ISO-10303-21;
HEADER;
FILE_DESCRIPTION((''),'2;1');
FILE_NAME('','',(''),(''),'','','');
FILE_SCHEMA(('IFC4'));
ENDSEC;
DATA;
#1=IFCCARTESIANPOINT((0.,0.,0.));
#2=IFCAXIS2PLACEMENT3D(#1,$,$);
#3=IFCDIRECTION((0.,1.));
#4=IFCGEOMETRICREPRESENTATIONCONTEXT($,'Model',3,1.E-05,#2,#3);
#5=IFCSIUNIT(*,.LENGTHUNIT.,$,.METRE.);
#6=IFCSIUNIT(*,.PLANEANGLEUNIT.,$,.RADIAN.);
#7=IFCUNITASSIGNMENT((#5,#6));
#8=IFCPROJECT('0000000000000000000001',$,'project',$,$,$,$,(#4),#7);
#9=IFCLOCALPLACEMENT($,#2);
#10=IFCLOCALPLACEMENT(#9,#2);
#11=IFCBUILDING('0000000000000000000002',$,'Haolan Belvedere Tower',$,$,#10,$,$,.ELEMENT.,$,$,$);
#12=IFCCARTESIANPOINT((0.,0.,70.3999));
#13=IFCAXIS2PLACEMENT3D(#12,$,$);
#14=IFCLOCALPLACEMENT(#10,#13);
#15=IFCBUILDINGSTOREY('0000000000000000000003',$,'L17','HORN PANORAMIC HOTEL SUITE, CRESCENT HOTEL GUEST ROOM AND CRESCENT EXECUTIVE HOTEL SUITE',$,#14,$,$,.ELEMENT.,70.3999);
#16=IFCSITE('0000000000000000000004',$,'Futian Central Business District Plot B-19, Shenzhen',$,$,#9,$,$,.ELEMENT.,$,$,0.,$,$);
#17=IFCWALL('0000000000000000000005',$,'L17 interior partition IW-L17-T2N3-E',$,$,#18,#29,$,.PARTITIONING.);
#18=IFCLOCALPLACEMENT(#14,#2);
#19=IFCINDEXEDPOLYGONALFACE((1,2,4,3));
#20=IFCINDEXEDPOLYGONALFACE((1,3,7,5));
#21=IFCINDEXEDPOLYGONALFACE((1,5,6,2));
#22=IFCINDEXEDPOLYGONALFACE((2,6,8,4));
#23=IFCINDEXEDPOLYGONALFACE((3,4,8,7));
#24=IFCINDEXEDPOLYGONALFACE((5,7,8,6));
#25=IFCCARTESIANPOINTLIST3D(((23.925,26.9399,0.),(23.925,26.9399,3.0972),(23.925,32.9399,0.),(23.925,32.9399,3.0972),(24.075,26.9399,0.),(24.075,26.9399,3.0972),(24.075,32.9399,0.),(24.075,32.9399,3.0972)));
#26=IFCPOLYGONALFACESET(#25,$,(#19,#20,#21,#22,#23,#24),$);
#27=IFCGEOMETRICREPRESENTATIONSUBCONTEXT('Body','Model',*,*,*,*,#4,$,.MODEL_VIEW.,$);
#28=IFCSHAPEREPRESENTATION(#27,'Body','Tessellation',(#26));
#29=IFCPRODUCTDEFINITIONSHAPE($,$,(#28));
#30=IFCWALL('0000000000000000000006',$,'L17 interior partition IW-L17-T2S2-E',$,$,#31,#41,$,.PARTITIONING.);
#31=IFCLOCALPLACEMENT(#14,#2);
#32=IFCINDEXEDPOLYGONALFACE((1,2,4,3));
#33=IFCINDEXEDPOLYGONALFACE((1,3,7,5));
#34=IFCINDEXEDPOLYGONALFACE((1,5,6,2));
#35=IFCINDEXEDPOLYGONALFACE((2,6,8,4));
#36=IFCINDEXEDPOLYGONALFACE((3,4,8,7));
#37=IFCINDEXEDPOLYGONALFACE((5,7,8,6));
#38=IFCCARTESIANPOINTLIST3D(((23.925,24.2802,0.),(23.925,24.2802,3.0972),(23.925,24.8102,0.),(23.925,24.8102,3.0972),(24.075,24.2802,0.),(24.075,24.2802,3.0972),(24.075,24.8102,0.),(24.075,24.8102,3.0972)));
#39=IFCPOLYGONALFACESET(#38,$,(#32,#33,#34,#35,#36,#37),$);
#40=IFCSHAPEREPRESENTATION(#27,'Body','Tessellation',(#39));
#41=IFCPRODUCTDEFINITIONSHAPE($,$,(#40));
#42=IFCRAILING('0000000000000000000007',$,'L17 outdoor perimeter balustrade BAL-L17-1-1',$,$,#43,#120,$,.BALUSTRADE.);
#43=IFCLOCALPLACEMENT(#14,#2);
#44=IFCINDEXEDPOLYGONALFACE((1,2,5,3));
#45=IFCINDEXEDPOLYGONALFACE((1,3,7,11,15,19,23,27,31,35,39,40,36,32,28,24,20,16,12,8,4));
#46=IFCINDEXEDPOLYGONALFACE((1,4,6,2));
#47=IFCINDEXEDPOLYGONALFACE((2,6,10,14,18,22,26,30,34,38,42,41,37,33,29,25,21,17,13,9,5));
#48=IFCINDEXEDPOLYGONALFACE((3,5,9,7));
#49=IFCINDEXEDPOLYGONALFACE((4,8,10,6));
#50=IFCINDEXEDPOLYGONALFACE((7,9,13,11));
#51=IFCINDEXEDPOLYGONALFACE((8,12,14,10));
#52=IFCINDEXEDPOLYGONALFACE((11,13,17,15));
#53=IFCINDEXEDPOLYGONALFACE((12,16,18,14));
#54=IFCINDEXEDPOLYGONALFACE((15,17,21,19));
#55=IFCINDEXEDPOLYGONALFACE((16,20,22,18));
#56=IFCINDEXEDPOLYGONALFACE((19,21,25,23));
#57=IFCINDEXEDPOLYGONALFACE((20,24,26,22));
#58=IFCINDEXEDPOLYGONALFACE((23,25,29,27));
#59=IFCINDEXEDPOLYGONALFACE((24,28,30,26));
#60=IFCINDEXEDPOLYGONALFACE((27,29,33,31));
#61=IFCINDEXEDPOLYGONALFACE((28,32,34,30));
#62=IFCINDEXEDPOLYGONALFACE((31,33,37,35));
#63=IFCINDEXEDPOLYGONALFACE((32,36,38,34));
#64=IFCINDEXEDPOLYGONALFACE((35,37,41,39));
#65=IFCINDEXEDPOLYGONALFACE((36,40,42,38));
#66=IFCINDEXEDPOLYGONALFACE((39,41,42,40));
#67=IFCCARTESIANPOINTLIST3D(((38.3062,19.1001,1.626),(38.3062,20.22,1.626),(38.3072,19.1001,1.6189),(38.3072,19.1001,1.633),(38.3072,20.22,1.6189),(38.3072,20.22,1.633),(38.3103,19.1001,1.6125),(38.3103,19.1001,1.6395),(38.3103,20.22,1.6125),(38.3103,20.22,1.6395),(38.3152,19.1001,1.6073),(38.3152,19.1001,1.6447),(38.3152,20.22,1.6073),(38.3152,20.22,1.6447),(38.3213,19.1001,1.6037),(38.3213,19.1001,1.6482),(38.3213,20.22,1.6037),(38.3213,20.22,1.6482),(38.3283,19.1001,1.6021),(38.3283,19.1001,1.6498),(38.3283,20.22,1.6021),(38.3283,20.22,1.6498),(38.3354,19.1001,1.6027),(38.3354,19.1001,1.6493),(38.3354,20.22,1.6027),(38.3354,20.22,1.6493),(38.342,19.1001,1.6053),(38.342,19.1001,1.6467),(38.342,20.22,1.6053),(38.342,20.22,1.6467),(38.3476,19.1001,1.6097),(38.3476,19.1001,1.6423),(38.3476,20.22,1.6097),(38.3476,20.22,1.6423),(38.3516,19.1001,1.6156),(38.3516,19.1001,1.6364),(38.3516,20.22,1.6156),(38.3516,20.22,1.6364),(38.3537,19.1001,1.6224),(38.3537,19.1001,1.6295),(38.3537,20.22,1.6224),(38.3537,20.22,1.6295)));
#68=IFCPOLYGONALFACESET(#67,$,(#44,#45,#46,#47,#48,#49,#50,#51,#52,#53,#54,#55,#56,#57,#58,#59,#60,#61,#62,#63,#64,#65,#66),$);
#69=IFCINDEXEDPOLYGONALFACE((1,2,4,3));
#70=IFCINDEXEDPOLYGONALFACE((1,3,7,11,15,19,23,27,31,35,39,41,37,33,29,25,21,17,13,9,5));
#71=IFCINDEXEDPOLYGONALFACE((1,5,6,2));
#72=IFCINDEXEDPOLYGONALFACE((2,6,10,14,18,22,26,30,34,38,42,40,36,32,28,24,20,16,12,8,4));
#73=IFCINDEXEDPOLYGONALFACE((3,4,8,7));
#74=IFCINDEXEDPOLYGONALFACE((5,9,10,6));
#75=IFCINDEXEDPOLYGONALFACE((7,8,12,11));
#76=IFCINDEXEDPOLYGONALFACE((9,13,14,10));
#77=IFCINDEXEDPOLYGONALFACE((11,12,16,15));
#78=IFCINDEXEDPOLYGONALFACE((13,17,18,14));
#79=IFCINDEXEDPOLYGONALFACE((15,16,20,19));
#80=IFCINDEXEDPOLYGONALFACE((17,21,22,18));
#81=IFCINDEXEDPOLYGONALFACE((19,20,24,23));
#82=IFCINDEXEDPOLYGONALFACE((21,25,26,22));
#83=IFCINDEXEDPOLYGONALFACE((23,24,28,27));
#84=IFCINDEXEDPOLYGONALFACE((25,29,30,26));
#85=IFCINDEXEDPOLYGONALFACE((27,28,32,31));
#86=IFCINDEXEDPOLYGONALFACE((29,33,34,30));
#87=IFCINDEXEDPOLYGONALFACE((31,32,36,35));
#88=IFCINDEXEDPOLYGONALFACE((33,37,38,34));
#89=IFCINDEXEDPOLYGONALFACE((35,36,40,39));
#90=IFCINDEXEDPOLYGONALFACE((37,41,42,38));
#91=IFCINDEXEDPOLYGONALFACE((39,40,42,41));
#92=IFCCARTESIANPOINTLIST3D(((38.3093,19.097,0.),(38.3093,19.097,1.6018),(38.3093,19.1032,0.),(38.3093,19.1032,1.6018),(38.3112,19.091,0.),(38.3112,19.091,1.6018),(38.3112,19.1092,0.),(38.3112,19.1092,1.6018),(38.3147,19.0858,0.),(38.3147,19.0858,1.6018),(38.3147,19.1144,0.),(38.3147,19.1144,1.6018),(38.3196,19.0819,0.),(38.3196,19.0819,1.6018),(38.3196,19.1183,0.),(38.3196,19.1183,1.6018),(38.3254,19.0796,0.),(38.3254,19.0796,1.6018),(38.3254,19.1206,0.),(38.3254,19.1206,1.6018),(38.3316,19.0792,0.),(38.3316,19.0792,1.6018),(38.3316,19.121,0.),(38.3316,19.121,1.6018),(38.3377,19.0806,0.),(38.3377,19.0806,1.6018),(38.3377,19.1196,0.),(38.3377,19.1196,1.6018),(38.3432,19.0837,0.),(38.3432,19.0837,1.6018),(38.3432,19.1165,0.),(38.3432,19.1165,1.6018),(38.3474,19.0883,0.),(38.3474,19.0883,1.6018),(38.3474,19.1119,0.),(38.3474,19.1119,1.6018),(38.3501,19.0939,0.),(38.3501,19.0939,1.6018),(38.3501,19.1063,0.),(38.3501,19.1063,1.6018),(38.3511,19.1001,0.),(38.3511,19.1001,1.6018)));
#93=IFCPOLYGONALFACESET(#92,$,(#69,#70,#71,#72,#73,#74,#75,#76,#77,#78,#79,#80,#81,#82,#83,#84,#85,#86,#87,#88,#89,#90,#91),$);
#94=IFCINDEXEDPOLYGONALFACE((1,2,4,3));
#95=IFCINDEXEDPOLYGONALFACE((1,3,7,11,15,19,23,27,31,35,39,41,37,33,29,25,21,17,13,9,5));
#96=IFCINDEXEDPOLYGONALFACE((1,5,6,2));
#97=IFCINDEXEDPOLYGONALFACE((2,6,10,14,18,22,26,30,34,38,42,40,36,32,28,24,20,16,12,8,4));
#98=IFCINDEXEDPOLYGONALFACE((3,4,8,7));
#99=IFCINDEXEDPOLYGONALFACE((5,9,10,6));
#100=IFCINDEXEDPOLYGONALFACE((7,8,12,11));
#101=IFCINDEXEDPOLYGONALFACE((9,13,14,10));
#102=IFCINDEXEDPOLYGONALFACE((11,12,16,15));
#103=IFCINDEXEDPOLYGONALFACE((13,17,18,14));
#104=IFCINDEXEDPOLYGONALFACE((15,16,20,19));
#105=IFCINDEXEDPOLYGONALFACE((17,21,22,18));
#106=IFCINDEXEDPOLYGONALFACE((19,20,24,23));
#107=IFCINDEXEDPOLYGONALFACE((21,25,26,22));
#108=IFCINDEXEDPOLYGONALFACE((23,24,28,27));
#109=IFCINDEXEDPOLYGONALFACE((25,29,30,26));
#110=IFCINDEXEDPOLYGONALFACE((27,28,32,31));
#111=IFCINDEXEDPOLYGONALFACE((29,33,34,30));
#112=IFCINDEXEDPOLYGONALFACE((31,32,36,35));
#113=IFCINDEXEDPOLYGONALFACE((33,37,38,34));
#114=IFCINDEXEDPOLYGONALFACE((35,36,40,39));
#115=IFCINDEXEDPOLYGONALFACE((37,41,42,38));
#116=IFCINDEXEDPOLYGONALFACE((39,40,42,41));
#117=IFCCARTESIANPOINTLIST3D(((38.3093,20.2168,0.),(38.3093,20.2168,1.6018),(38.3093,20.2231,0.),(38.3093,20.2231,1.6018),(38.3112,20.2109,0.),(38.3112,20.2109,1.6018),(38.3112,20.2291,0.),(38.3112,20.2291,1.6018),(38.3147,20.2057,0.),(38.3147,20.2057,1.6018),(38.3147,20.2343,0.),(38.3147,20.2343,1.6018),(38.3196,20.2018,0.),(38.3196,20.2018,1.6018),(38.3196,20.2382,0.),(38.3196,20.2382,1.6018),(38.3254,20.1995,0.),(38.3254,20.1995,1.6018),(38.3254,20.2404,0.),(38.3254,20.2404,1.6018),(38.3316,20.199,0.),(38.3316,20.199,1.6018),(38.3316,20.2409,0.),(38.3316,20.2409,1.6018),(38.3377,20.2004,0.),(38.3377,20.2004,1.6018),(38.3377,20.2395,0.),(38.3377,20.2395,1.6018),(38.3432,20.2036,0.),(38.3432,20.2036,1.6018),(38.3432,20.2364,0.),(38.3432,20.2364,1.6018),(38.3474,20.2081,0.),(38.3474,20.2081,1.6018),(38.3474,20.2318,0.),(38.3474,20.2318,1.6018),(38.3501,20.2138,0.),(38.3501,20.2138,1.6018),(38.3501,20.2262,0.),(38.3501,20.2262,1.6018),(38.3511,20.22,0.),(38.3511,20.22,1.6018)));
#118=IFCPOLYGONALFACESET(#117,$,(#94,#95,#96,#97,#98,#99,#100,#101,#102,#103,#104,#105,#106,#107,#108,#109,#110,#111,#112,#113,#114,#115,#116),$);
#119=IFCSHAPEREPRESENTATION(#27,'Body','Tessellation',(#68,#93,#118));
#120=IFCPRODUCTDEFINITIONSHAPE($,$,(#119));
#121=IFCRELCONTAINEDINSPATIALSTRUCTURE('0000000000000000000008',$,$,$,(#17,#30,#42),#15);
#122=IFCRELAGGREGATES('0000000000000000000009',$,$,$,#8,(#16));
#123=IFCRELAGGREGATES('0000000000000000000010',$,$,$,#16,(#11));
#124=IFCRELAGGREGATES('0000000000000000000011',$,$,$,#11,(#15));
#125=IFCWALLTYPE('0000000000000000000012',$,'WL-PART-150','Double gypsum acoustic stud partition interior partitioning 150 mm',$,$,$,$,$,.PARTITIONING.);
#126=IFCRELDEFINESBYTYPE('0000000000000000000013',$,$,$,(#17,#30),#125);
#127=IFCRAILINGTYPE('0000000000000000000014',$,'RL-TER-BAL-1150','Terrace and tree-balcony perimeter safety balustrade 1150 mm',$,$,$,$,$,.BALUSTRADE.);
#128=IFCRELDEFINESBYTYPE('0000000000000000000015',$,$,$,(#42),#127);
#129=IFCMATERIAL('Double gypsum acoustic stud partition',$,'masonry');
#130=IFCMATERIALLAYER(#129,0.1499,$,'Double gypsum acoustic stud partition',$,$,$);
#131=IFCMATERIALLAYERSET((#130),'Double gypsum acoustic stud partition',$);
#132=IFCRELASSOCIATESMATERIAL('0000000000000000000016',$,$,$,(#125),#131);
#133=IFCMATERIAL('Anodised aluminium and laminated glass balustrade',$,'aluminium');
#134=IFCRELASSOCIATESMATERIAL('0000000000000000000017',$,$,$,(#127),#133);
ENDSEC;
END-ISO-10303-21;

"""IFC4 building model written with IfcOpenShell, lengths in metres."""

from ifc_helpers import new_model, si_unit, direction, frame, frame_2d, origin, origin_2d, place, context, subcontext, project, spatial, rectangle, circle, extrude, material, layer, layer_set, type_object, element, save


model = new_model("IFC4")

# Units and contexts
model_context = context("Model", 3, precision=1e-05, world=origin(), true_north=direction((0.0, 1.0)))
body_context = subcontext(model_context, "Body", "Model", "MODEL_VIEW")
ifc_project = project(units=[si_unit("LENGTHUNIT", "METRE"), si_unit("PLANEANGLEUNIT", "RADIAN")], contexts=[model_context])

# Site, building, storey
site_placement = place(None, origin())
site = spatial("IfcSite", under=ifc_project, at=site_placement, Name="Futian Central Business District Plot B-19, Shenzhen", CompositionType="ELEMENT", RefElevation=0.0)
building_placement = place(site_placement, origin())
building = spatial("IfcBuilding", under=site, at=building_placement, Name="Haolan Belvedere Tower", CompositionType="ELEMENT")
storey_placement = place(building_placement, frame((0.0, 0.0, 70.3999)))
storey = spatial("IfcBuildingStorey", under=building, at=storey_placement, Name="L17", Description="HORN PANORAMIC HOTEL SUITE, CRESCENT HOTEL GUEST ROOM AND CRESCENT EXECUTIVE HOTEL SUITE", CompositionType="ELEMENT", Elevation=70.3999)

# Shared definitions
ifc_material_1 = material(Name="Double gypsum acoustic stud partition", Category="masonry")
ifc_layer_1 = layer(ifc_material_1, 0.1499, Name="Double gypsum acoustic stud partition")
ifc_layer_set_1 = layer_set([ifc_layer_1], Name="Double gypsum acoustic stud partition")
wall_type_1 = type_object("IfcWallType", Name="WL-PART-150", Description="Double gypsum acoustic stud partition interior partitioning 150 mm", PredefinedType="PARTITIONING", material=ifc_layer_set_1)

# Walls
wall_1_placement = place(storey_placement, frame((24.0, 26.9399, 0.0), z_axis=(0.0, 0.0, 1.0), x_axis=(0.0, 1.0, 0.0)))
element("IfcWall", 1, at=wall_1_placement, inside=storey, type_object=wall_type_1, Name="L17 interior partition IW-L17-T2N3-E", PredefinedType="PARTITIONING", context=body_context, shape_type="SweptSolid", body=[
    extrude(rectangle(XDim=6.0, YDim=0.1499, at=frame_2d((3.0, 0.0))), origin(), (0.0, 0.0, 1.0), 3.0972),
])
wall_2_placement = place(storey_placement, frame((24.0, 24.28, 0.0), z_axis=(0.0, 0.0, 1.0), x_axis=(0.0, 1.0, 0.0)))
element("IfcWall", 2, at=wall_2_placement, inside=storey, type_object=wall_type_1, Name="L17 interior partition IW-L17-T2S2-E", PredefinedType="PARTITIONING", context=body_context, shape_type="SweptSolid", body=[
    extrude(rectangle(XDim=0.53, YDim=0.1499, at=frame_2d((0.2651, 0.0))), origin(), (0.0, 0.0, 1.0), 3.0972),
])

# Railing
ifc_material_2 = material(Name="Anodised aluminium and laminated glass balustrade", Category="aluminium")
railing_type = type_object("IfcRailingType", Name="RL-TER-BAL-1150", Description="Terrace and tree-balcony perimeter safety balustrade 1150 mm", PredefinedType="BALUSTRADE", material=ifc_material_2)
railing_placement = place(storey_placement, frame((38.3301, 19.1001, 0.0)))
element("IfcRailing", 3, at=railing_placement, inside=storey, type_object=railing_type, Name="L17 outdoor perimeter balustrade BAL-L17-1-1", PredefinedType="BALUSTRADE", context=body_context, shape_type="SweptSolid", body=[
    extrude(circle(Radius=0.0239, at=origin_2d()), frame((0.0, 0.0, 1.626), z_axis=(0.0, 1.0, 0.0), x_axis=(-1.0, 0.0, 0.0)), (0.0, 0.0, 1.0), 1.1199),
    extrude(circle(Radius=0.021, at=origin_2d()), origin(), (0.0, 0.0, 1.0), 1.6018),
    extrude(circle(Radius=0.021, at=origin_2d()), frame((0.0, 1.1199, 0.0)), (0.0, 0.0, 1.0), 1.6018),
])

save(model, "model.ifc")
